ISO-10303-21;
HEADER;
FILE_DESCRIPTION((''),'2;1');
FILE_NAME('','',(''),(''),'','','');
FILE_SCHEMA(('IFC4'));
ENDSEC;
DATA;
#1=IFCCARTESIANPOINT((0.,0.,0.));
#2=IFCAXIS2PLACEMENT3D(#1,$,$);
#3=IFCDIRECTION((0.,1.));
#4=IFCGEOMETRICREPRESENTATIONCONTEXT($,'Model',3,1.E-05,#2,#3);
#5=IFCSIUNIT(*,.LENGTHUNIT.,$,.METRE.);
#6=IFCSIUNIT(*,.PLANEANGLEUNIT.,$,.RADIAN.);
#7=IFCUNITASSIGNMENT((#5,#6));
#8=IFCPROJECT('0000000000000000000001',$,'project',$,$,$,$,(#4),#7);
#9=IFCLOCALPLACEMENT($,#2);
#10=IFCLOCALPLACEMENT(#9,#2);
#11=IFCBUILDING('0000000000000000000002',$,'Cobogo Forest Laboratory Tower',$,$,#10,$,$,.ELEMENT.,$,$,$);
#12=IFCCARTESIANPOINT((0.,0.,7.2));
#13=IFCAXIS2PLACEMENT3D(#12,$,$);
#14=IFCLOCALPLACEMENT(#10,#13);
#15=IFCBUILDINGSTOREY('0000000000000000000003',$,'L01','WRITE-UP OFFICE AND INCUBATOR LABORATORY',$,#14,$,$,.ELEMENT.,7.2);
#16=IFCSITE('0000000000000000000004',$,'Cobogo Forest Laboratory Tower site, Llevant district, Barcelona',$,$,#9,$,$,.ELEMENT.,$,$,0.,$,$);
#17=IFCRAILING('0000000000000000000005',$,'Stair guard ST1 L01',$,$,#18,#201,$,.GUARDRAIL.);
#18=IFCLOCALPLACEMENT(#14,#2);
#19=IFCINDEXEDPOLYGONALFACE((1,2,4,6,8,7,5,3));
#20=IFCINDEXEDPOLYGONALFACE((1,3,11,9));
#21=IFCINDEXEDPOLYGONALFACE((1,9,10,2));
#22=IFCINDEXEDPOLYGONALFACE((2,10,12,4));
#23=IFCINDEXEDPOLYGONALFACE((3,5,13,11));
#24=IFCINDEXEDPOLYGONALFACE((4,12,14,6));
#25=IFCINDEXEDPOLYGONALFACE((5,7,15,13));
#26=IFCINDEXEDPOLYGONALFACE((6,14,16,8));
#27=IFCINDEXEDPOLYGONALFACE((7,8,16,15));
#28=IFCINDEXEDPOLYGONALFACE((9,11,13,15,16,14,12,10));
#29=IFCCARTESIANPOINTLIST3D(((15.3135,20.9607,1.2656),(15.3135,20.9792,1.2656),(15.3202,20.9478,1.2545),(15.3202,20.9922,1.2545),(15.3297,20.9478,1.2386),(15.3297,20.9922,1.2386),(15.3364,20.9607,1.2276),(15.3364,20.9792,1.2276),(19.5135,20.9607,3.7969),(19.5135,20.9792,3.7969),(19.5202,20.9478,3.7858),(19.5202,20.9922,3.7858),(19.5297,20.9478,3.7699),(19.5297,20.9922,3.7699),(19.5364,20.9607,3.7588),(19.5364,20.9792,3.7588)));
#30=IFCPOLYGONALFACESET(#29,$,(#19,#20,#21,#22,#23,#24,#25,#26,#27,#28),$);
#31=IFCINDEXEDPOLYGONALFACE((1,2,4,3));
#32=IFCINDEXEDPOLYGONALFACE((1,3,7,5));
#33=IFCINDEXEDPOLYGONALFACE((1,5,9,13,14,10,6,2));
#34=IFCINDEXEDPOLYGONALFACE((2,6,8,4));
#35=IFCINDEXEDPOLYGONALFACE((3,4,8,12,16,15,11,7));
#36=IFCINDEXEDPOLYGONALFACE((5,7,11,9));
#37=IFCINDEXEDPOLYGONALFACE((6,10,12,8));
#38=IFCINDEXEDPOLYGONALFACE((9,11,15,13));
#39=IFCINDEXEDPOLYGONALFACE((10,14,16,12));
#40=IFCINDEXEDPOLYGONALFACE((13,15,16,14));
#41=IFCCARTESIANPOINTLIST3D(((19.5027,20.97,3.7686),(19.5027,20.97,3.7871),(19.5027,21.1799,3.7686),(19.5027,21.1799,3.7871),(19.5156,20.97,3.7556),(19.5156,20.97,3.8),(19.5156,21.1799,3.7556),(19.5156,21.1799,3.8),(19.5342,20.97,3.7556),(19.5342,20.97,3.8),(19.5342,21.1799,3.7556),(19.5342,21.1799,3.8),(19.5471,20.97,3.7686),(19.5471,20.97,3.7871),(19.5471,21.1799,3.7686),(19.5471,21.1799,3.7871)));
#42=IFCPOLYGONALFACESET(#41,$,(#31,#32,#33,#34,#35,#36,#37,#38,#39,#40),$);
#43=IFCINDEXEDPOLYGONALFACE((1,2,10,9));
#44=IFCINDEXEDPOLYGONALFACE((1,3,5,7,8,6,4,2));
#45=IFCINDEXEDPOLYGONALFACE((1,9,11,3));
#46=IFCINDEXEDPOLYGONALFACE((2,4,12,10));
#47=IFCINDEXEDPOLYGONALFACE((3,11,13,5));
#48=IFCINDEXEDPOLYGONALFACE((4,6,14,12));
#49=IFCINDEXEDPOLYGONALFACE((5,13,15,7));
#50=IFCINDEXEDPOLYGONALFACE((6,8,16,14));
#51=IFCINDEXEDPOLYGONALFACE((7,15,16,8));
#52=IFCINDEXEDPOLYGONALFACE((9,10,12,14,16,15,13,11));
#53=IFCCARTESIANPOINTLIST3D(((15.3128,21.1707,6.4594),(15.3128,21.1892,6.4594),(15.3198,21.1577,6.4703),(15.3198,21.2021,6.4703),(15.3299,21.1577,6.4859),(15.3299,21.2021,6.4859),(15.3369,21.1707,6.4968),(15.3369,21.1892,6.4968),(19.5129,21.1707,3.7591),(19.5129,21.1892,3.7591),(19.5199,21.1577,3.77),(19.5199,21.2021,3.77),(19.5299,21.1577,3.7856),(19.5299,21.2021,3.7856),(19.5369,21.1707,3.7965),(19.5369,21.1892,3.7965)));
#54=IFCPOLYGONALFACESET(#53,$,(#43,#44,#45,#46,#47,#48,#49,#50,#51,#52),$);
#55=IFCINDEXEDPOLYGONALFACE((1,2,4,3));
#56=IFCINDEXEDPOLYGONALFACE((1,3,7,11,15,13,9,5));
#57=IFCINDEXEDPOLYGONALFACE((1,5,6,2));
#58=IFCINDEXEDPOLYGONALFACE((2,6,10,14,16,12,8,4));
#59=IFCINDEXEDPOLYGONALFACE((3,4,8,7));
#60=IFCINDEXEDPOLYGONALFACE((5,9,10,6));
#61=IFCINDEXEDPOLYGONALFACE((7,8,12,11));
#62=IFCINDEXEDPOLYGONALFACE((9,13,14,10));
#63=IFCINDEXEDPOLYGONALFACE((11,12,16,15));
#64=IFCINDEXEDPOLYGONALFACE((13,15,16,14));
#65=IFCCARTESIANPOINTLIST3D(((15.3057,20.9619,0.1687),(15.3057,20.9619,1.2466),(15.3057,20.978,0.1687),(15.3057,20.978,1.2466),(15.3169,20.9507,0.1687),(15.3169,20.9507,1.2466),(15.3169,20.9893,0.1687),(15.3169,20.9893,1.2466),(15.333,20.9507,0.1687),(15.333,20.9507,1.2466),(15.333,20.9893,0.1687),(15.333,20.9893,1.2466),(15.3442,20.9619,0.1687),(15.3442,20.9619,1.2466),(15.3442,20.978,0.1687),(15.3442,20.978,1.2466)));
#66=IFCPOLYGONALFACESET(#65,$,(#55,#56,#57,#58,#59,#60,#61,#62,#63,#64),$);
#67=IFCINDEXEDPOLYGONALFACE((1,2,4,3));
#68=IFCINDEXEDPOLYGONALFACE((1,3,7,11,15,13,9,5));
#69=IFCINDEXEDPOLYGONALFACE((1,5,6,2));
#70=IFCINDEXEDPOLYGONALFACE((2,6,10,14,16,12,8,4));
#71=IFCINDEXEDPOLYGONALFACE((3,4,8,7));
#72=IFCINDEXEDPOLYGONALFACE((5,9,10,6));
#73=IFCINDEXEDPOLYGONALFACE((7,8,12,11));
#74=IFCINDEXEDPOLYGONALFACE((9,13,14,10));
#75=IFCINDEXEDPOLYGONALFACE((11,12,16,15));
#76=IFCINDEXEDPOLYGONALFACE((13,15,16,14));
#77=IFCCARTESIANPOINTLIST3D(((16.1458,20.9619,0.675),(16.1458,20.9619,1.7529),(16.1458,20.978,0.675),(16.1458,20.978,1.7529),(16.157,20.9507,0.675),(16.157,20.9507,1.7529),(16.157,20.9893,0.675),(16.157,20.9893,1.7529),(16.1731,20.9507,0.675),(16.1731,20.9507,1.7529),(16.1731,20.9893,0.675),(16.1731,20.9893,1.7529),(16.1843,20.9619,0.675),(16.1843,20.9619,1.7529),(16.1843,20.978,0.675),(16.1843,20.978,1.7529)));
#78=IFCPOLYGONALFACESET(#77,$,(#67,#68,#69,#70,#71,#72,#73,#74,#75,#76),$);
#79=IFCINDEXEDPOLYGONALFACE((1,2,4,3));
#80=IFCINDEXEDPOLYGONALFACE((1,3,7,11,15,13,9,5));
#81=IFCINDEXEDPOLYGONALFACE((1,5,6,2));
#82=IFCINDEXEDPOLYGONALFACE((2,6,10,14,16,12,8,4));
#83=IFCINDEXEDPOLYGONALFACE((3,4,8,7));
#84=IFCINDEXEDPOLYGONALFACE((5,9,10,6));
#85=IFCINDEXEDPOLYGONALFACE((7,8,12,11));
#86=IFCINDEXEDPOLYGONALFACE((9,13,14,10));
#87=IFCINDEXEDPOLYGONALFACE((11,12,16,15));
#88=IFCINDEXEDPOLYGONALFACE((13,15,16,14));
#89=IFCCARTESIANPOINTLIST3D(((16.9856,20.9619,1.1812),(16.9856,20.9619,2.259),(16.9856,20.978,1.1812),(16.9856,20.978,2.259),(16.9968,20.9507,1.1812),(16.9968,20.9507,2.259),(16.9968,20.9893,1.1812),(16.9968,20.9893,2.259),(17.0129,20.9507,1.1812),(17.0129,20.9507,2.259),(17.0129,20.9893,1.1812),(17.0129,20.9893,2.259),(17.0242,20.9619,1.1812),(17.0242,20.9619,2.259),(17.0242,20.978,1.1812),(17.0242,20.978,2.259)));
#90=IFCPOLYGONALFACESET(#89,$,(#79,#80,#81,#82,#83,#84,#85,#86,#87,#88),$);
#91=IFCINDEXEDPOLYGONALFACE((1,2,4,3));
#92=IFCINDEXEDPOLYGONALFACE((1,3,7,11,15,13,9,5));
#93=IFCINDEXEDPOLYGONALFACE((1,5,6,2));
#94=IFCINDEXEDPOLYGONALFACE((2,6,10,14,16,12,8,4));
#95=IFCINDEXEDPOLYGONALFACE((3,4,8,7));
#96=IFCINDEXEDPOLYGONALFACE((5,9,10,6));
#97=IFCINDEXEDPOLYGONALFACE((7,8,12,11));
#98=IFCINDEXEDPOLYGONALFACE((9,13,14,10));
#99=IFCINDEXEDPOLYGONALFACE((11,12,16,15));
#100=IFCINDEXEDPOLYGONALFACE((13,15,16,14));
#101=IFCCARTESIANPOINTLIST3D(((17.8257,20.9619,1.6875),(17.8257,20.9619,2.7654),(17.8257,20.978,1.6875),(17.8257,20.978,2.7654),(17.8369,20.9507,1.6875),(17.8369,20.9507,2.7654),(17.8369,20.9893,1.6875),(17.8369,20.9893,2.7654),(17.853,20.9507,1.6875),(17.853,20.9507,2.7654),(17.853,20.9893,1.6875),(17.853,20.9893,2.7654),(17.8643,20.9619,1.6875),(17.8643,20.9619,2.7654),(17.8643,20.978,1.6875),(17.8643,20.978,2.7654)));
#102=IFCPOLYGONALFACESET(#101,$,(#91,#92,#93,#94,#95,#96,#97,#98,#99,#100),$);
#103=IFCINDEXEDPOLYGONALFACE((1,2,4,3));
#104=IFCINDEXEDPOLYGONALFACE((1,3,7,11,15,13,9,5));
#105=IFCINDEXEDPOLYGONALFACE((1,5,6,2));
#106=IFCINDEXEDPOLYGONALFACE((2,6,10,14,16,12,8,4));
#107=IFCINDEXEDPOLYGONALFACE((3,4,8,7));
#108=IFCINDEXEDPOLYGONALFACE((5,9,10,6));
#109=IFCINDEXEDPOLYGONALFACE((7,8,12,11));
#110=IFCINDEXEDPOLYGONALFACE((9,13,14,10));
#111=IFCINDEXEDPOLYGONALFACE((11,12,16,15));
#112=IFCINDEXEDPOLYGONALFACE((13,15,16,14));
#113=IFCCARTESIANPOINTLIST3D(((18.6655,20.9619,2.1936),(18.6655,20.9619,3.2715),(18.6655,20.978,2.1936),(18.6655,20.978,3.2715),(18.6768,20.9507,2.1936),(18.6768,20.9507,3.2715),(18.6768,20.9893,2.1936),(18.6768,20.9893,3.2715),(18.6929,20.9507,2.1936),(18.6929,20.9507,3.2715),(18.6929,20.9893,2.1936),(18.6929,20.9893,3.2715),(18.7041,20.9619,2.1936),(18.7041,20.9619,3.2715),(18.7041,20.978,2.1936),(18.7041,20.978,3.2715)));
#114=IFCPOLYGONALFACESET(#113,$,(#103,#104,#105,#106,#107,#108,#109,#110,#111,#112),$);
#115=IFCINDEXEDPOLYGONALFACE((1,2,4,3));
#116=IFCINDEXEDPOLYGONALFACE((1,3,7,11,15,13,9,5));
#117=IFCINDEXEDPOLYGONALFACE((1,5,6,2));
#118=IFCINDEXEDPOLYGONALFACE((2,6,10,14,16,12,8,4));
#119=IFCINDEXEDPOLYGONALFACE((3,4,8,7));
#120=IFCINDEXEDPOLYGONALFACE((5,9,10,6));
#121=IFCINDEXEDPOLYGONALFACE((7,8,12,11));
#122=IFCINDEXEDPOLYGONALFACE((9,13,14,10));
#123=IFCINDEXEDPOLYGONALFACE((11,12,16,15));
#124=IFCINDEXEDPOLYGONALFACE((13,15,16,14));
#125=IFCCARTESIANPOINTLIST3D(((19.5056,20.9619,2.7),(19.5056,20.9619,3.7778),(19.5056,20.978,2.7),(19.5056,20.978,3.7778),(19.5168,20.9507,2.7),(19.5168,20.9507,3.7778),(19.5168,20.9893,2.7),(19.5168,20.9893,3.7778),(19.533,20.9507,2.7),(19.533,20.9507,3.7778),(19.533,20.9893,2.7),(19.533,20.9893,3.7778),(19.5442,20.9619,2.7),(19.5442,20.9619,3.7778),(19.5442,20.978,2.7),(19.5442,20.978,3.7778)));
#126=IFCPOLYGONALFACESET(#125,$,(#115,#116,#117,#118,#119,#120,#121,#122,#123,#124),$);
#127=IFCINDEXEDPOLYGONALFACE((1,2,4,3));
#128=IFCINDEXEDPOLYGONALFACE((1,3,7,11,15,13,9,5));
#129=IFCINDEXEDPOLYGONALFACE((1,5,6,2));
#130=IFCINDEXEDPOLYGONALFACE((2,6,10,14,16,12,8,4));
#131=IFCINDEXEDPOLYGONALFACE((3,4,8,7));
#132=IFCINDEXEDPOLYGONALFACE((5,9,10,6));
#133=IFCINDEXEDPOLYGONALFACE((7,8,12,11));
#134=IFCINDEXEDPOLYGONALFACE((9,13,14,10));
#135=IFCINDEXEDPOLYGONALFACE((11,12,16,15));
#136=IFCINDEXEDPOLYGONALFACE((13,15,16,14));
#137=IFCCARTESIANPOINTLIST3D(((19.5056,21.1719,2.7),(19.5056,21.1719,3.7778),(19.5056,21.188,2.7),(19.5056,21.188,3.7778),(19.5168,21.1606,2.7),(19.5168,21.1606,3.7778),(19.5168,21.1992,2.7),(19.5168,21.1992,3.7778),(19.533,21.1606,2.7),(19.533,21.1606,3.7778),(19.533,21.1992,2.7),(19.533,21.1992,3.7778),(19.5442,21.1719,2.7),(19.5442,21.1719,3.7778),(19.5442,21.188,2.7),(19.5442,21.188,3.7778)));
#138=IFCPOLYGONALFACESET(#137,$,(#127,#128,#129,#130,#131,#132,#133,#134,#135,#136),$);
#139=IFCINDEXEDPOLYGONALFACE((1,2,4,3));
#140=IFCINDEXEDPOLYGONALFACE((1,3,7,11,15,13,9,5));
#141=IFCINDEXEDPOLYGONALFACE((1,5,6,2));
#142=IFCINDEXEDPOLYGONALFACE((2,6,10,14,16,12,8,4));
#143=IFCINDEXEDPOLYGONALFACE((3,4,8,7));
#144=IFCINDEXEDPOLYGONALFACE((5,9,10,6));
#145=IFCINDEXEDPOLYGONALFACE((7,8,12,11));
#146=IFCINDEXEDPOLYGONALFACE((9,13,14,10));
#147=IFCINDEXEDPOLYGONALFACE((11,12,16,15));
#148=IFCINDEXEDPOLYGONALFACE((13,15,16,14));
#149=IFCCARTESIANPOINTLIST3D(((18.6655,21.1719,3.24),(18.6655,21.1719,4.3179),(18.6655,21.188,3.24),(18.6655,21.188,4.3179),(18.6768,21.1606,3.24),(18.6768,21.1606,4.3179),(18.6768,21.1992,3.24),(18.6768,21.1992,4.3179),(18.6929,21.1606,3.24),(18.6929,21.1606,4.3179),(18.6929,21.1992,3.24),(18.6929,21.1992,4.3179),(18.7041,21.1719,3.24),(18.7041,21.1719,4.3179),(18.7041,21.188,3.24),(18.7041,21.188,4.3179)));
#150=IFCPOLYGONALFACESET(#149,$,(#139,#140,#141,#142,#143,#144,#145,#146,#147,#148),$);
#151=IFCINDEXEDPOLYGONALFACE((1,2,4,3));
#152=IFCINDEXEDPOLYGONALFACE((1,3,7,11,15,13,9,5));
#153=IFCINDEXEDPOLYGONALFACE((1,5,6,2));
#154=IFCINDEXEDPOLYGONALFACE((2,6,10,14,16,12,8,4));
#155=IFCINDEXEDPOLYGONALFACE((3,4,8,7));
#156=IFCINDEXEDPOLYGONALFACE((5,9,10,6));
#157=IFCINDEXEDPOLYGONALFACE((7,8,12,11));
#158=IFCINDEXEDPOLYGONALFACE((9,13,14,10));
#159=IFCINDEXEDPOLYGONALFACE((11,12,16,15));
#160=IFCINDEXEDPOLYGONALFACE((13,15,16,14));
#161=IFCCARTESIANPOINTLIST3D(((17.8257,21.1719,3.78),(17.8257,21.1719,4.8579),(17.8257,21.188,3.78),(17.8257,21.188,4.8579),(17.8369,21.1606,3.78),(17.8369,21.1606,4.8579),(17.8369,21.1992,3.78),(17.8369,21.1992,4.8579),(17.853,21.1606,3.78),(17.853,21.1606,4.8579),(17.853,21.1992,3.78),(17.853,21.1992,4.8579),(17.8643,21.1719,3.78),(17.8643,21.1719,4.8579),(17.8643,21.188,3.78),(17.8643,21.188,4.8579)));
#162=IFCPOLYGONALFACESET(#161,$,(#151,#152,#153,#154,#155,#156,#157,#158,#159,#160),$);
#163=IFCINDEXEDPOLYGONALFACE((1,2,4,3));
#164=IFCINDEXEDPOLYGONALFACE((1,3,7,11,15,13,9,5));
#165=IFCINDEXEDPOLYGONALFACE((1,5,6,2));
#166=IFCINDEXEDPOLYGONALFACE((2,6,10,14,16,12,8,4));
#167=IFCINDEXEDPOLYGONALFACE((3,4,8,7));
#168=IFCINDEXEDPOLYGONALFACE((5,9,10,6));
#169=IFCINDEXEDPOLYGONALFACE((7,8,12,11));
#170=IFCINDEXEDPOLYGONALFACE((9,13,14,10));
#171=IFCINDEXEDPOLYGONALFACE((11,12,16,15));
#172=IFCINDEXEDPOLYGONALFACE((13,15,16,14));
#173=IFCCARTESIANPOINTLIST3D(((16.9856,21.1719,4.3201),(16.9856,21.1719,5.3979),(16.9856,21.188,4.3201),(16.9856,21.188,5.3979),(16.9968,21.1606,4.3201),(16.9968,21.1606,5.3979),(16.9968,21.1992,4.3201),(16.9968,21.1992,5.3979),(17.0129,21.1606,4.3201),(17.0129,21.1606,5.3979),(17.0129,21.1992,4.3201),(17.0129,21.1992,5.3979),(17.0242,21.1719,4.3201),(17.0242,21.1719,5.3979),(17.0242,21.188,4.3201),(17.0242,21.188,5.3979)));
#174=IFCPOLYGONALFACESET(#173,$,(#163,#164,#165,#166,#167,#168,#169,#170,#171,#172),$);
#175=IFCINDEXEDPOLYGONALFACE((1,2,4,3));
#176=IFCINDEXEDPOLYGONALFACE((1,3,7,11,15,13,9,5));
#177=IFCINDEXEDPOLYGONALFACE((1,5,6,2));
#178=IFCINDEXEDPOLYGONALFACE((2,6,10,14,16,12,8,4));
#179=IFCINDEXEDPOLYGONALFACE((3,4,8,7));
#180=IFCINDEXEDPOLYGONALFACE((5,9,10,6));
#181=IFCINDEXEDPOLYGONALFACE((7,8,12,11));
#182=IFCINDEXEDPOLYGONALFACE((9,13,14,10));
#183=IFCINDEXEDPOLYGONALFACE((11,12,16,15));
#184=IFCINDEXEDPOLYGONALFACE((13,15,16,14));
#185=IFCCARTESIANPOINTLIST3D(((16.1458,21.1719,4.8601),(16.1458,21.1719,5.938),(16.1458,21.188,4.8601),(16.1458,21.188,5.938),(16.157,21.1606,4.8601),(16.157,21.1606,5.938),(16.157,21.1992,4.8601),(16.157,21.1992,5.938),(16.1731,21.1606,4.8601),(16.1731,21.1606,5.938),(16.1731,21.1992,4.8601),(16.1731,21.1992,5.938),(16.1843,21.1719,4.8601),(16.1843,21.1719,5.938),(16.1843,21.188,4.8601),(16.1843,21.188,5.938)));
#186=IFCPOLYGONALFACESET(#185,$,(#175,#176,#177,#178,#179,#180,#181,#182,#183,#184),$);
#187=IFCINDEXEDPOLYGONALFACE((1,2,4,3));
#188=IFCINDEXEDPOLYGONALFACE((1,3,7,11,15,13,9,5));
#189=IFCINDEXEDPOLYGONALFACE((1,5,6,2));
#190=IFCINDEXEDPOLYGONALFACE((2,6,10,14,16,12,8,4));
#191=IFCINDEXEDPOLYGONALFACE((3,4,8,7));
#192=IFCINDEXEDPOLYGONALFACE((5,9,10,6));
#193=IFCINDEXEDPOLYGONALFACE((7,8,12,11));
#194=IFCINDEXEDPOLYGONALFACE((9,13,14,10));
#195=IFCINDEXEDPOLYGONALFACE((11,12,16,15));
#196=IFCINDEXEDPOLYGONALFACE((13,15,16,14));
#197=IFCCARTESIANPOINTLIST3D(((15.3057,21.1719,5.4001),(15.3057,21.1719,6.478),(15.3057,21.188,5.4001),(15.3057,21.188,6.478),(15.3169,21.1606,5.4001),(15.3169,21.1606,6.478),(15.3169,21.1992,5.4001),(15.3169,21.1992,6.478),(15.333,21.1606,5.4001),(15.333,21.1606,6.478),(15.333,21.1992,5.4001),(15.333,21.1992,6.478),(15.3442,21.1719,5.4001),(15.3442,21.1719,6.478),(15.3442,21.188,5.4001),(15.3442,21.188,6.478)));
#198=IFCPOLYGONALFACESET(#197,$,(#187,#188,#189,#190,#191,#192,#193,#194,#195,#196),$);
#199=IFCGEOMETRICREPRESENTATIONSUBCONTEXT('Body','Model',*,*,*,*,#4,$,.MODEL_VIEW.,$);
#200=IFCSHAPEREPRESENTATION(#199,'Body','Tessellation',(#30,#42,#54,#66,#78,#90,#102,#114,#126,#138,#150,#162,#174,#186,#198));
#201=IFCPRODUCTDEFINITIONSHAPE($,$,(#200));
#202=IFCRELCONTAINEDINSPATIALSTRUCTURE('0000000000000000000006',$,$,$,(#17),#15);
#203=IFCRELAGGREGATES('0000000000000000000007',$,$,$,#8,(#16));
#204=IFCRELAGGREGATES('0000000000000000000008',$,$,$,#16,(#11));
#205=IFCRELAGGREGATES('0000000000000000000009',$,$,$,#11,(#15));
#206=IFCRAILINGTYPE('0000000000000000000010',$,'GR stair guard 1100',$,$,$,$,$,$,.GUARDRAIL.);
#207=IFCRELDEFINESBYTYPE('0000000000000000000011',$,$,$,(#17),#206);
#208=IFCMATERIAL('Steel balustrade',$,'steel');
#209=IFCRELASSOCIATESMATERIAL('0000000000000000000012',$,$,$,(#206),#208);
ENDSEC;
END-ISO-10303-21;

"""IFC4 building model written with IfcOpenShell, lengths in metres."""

from ifc_helpers import new_model, si_unit, direction, frame, origin, place, context, subcontext, project, spatial, polyline, outline, extrude, material, type_object, element, save


model = new_model("IFC4")

# Units and contexts
model_context = context("Model", 3, precision=1e-05, world=origin(), true_north=direction((0.0, 1.0)))
body_context = subcontext(model_context, "Body", "Model", "MODEL_VIEW")
ifc_project = project(units=[si_unit("LENGTHUNIT", "METRE"), si_unit("PLANEANGLEUNIT", "RADIAN")], contexts=[model_context])

# Site, building, storey
site_placement = place(None, origin())
site = spatial("IfcSite", under=ifc_project, at=site_placement, Name="Cobogo Forest Laboratory Tower site, Llevant district, Barcelona", CompositionType="ELEMENT", RefElevation=0.0)
building_placement = place(site_placement, origin())
building = spatial("IfcBuilding", under=site, at=building_placement, Name="Cobogo Forest Laboratory Tower", CompositionType="ELEMENT")
storey_placement = place(building_placement, frame((0.0, 0.0, 7.2)))
storey = spatial("IfcBuildingStorey", under=building, at=storey_placement, Name="L01", Description="WRITE-UP OFFICE AND INCUBATOR LABORATORY", CompositionType="ELEMENT", Elevation=7.2)

# Railing
ifc_material_1 = material(Name="Steel balustrade", Category="steel")
railing_type_1 = type_object("IfcRailingType", Name="GR stair guard 1100", PredefinedType="GUARDRAIL", material=ifc_material_1)
railing_1_placement = place(storey_placement, frame((15.325, 20.97, 0.1687)))
element("IfcRailing", 1, at=railing_1_placement, inside=storey, type_object=railing_type_1, Name="Stair guard ST1 L01", PredefinedType="GUARDRAIL", context=body_context, shape_type="SweptSolid", body=[
    extrude(outline(polyline([(0.0222, 0.0093), (0.0093, 0.0222), (-0.0093, 0.0222), (-0.0222, 0.0093), (-0.0222, -0.0093), (-0.0093, -0.0222), (0.0093, -0.0222), (0.0222, -0.0093), (0.0222, 0.0093)])), frame((0.0, 0.0, 1.0779), z_axis=(0.856476, 0.0, 0.516186), x_axis=(0.0, 1.0, 0.0)), (0.0, 0.0, 1.0), 4.9038),
    extrude(outline(polyline([(0.0222, 0.0093), (0.0093, 0.0222), (-0.0093, 0.0222), (-0.0222, 0.0093), (-0.0222, -0.0093), (-0.0093, -0.0222), (0.0093, -0.0222), (0.0222, -0.0093), (0.0222, 0.0093)])), frame((4.2, 0.0, 3.6091), z_axis=(0.0, 1.0, 0.0), x_axis=(-1.0, 0.0, 0.0)), (0.0, 0.0, 1.0), 0.21),
    extrude(outline(polyline([(0.0222, 0.0093), (0.0093, 0.0222), (-0.0093, 0.0222), (-0.0222, 0.0093), (-0.0222, -0.0093), (-0.0093, -0.0222), (0.0093, -0.0222), (0.0222, -0.0093), (0.0222, 0.0093)])), frame((4.2, 0.21, 3.6091), z_axis=(-0.841158, 0.0, 0.54079), x_axis=(0.0, -1.0, 0.0)), (0.0, 0.0, 1.0), 4.9932),
    extrude(outline(polyline([(0.0193, 0.0081), (0.0081, 0.0193), (-0.0081, 0.0193), (-0.0193, 0.0081), (-0.0193, -0.0081), (-0.0081, -0.0193), (0.0081, -0.0193), (0.0193, -0.0081), (0.0193, 0.0081)])), origin(), (0.0, 0.0, 1.0), 1.0779),
    extrude(outline(polyline([(0.0193, 0.0081), (0.0081, 0.0193), (-0.0081, 0.0193), (-0.0193, 0.0081), (-0.0193, -0.0081), (-0.0081, -0.0193), (0.0081, -0.0193), (0.0193, -0.0081), (0.0193, 0.0081)])), frame((0.8401, 0.0, 0.5063)), (0.0, 0.0, 1.0), 1.0779),
    extrude(outline(polyline([(0.0193, 0.0081), (0.0081, 0.0193), (-0.0081, 0.0193), (-0.0193, 0.0081), (-0.0193, -0.0081), (-0.0081, -0.0193), (0.0081, -0.0193), (0.0193, -0.0081), (0.0193, 0.0081)])), frame((1.6799, 0.0, 1.0125)), (0.0, 0.0, 1.0), 1.0779),
    extrude(outline(polyline([(0.0193, 0.0081), (0.0081, 0.0193), (-0.0081, 0.0193), (-0.0193, 0.0081), (-0.0193, -0.0081), (-0.0081, -0.0193), (0.0081, -0.0193), (0.0193, -0.0081), (0.0193, 0.0081)])), frame((2.52, 0.0, 1.5188)), (0.0, 0.0, 1.0), 1.0779),
    extrude(outline(polyline([(0.0193, 0.0081), (0.0081, 0.0193), (-0.0081, 0.0193), (-0.0193, 0.0081), (-0.0193, -0.0081), (-0.0081, -0.0193), (0.0081, -0.0193), (0.0193, -0.0081), (0.0193, 0.0081)])), frame((3.3599, 0.0, 2.0249)), (0.0, 0.0, 1.0), 1.0779),
    extrude(outline(polyline([(0.0193, 0.0081), (0.0081, 0.0193), (-0.0081, 0.0193), (-0.0193, 0.0081), (-0.0193, -0.0081), (-0.0081, -0.0193), (0.0081, -0.0193), (0.0193, -0.0081), (0.0193, 0.0081)])), frame((4.2, 0.0, 2.5312)), (0.0, 0.0, 1.0), 1.0779),
    extrude(outline(polyline([(0.0193, 0.0081), (0.0081, 0.0193), (-0.0081, 0.0193), (-0.0193, 0.0081), (-0.0193, -0.0081), (-0.0081, -0.0193), (0.0081, -0.0193), (0.0193, -0.0081), (0.0193, 0.0081)])), frame((4.2, 0.21, 2.5312)), (0.0, 0.0, 1.0), 1.0779),
    extrude(outline(polyline([(0.0193, 0.0081), (0.0081, 0.0193), (-0.0081, 0.0193), (-0.0193, 0.0081), (-0.0193, -0.0081), (-0.0081, -0.0193), (0.0081, -0.0193), (0.0193, -0.0081), (0.0193, 0.0081)])), frame((3.3599, 0.21, 3.0713)), (0.0, 0.0, 1.0), 1.0779),
    extrude(outline(polyline([(0.0193, 0.0081), (0.0081, 0.0193), (-0.0081, 0.0193), (-0.0193, 0.0081), (-0.0193, -0.0081), (-0.0081, -0.0193), (0.0081, -0.0193), (0.0193, -0.0081), (0.0193, 0.0081)])), frame((2.52, 0.21, 3.6113)), (0.0, 0.0, 1.0), 1.0779),
    extrude(outline(polyline([(0.0193, 0.0081), (0.0081, 0.0193), (-0.0081, 0.0193), (-0.0193, 0.0081), (-0.0193, -0.0081), (-0.0081, -0.0193), (0.0081, -0.0193), (0.0193, -0.0081), (0.0193, 0.0081)])), frame((1.6799, 0.21, 4.1514)), (0.0, 0.0, 1.0), 1.0779),
    extrude(outline(polyline([(0.0193, 0.0081), (0.0081, 0.0193), (-0.0081, 0.0193), (-0.0193, 0.0081), (-0.0193, -0.0081), (-0.0081, -0.0193), (0.0081, -0.0193), (0.0193, -0.0081), (0.0193, 0.0081)])), frame((0.8401, 0.21, 4.6914)), (0.0, 0.0, 1.0), 1.0779),
    extrude(outline(polyline([(0.0193, 0.0081), (0.0081, 0.0193), (-0.0081, 0.0193), (-0.0193, 0.0081), (-0.0193, -0.0081), (-0.0081, -0.0193), (0.0081, -0.0193), (0.0193, -0.0081), (0.0193, 0.0081)])), frame((0.0, 0.21, 5.2314)), (0.0, 0.0, 1.0), 1.0779),
])

save(model, "model.ifc")
